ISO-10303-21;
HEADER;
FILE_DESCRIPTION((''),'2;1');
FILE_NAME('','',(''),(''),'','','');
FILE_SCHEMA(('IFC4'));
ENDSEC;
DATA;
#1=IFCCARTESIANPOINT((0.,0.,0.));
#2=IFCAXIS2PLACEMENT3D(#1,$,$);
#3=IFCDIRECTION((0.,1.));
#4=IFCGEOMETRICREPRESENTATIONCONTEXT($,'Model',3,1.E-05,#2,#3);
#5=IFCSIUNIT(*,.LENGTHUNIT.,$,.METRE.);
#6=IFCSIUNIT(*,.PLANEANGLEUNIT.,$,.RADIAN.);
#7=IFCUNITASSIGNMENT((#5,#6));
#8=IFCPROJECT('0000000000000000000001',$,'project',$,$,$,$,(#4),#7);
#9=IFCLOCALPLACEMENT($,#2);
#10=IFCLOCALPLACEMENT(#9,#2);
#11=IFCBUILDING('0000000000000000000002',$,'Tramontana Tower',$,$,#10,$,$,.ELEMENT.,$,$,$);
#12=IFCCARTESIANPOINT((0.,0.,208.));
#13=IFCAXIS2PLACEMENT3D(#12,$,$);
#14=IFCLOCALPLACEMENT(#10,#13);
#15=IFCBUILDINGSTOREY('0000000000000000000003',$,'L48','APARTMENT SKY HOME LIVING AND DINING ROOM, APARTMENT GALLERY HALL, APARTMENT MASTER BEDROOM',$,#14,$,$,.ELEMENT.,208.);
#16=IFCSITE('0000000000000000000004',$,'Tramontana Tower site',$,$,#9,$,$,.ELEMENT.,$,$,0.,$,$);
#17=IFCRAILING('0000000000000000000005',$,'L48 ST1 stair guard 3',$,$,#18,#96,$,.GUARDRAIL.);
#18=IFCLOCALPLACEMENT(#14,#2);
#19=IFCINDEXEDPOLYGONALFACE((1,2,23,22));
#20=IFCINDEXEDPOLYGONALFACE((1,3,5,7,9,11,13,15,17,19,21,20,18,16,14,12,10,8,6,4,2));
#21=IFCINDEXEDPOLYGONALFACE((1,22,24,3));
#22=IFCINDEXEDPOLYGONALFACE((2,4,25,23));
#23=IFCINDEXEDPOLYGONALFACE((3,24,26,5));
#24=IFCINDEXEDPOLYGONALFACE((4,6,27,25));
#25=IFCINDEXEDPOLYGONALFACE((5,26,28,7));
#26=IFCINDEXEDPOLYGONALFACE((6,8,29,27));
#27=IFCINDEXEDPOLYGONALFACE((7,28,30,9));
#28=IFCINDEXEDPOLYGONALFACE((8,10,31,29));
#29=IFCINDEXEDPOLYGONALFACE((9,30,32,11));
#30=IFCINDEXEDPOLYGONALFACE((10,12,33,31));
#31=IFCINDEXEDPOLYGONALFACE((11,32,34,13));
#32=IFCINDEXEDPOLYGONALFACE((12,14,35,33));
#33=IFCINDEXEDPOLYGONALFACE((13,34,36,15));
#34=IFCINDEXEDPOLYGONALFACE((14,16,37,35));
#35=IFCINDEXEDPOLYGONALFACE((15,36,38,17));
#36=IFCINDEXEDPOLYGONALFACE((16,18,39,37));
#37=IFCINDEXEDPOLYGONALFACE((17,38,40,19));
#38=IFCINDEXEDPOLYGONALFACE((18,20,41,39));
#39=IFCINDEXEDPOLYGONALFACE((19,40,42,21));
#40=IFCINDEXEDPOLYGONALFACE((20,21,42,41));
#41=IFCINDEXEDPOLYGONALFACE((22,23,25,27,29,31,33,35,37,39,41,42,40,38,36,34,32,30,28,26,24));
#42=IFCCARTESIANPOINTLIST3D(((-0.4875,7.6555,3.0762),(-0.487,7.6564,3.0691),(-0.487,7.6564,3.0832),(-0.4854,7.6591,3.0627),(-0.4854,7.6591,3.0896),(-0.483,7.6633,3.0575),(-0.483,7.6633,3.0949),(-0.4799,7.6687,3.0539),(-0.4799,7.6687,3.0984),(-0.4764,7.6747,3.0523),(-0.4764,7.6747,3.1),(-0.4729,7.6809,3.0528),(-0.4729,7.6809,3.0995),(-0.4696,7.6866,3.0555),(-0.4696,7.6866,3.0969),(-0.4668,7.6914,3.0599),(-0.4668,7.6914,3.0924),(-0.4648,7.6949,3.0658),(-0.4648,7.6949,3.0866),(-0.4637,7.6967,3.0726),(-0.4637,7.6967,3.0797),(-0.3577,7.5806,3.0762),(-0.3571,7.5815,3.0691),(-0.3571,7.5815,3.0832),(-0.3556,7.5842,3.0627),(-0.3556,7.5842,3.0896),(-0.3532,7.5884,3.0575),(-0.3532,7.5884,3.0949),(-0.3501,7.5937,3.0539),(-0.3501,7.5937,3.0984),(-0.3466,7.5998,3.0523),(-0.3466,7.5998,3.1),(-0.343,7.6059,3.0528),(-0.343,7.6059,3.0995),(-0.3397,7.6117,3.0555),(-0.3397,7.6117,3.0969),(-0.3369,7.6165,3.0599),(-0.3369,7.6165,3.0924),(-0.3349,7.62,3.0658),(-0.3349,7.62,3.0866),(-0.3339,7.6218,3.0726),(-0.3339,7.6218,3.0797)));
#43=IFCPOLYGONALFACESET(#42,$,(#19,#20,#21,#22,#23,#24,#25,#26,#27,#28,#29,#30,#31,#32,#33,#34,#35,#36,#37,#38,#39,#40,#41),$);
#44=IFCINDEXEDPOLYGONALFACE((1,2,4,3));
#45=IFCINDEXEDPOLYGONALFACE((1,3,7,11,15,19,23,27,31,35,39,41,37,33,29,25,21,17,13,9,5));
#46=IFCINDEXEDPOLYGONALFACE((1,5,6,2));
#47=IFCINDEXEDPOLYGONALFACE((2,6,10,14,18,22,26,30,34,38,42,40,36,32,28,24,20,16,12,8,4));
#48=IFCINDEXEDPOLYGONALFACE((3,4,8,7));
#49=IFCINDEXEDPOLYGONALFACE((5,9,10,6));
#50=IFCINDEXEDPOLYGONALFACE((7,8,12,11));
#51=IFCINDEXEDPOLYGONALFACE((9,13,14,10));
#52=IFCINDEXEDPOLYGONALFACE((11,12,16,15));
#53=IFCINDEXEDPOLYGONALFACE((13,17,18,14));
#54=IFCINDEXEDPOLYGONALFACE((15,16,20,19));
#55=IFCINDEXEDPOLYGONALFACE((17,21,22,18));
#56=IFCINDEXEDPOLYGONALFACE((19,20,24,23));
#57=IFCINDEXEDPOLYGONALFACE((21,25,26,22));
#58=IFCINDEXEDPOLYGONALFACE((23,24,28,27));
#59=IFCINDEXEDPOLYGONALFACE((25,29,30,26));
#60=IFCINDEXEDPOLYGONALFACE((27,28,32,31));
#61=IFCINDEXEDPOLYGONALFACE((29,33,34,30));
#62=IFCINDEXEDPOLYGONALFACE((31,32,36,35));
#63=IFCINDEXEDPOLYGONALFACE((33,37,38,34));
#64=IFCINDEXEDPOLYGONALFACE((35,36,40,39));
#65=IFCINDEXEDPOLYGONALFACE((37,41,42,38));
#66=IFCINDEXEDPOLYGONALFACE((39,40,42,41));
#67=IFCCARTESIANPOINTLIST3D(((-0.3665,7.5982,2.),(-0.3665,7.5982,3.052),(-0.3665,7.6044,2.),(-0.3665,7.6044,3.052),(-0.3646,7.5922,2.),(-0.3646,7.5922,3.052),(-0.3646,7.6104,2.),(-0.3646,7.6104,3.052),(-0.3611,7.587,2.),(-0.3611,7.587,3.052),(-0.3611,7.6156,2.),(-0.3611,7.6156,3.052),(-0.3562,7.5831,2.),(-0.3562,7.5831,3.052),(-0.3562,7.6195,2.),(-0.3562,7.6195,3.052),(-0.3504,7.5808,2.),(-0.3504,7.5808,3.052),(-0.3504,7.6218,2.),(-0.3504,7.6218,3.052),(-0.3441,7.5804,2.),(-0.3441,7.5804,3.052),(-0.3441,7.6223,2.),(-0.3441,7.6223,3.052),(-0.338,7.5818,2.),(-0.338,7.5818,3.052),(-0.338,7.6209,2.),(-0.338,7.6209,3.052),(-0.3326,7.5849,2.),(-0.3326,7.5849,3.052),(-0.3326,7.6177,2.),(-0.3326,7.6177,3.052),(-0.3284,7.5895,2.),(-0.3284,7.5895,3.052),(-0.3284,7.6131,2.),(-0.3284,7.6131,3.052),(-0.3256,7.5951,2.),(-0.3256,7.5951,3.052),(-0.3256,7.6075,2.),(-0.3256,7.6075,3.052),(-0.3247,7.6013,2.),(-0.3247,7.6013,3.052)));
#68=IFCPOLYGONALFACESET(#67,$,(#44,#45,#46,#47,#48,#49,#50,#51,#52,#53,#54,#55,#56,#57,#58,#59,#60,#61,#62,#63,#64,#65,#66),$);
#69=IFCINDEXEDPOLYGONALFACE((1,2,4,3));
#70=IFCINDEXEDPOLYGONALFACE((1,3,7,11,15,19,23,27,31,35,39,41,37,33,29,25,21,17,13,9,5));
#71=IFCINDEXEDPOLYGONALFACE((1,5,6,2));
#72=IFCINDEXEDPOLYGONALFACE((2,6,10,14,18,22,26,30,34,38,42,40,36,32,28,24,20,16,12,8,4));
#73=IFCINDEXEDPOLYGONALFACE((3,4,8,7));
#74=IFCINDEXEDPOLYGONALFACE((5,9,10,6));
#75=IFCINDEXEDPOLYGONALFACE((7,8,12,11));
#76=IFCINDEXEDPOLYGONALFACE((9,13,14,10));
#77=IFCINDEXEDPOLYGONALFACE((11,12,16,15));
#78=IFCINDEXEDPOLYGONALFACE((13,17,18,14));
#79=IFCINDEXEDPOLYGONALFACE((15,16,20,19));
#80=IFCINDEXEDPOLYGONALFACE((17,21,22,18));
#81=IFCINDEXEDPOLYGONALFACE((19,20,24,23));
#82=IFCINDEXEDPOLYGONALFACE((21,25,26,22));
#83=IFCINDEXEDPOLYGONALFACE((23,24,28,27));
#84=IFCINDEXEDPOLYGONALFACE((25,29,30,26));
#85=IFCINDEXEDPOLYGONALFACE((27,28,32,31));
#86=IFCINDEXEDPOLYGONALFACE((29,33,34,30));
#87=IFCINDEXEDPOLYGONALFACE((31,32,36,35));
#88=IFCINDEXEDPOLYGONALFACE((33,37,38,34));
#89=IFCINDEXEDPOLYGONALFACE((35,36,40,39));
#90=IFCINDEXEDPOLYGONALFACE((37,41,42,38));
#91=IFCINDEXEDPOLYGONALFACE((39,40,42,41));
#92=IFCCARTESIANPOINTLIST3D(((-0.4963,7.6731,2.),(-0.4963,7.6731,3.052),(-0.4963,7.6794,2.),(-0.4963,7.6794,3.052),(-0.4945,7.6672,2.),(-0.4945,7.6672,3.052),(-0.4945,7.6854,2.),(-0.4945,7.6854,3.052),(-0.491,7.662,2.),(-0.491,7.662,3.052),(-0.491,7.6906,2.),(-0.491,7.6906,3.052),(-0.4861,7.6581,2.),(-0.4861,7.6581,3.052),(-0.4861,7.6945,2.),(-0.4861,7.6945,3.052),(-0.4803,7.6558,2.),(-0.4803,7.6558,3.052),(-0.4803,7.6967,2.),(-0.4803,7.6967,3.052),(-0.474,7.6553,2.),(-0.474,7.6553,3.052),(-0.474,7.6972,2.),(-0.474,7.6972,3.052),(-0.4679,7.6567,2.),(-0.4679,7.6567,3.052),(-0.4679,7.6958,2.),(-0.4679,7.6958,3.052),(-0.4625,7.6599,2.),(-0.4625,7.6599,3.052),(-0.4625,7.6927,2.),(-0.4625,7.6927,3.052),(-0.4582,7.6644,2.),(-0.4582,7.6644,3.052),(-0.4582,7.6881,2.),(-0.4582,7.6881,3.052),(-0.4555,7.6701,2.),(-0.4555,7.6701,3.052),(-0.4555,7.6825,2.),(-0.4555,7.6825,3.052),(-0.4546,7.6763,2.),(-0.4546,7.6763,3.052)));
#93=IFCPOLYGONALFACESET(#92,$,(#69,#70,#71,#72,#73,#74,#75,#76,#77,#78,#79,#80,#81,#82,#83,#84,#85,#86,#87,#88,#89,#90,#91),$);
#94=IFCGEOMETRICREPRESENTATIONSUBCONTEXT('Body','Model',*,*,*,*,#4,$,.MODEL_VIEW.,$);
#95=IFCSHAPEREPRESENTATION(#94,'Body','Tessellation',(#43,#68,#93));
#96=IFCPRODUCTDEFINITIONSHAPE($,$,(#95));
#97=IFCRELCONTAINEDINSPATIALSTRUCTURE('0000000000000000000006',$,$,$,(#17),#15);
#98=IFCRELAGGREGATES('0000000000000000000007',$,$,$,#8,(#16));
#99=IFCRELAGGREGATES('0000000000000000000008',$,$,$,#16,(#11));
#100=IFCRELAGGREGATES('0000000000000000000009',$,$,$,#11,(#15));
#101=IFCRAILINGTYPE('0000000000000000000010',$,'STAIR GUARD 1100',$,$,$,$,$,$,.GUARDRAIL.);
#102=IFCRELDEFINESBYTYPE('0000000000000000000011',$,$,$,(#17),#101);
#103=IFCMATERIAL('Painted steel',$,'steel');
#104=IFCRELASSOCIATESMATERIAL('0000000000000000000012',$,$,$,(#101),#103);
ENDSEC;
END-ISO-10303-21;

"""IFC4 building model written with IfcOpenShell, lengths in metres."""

from ifc_helpers import new_model, si_unit, direction, frame, origin, origin_2d, place, context, subcontext, project, spatial, circle, extrude, material, type_object, element, save


model = new_model("IFC4")

# Units and contexts
model_context = context("Model", 3, precision=1e-05, world=origin(), true_north=direction((0.0, 1.0)))
body_context = subcontext(model_context, "Body", "Model", "MODEL_VIEW")
ifc_project = project(units=[si_unit("LENGTHUNIT", "METRE"), si_unit("PLANEANGLEUNIT", "RADIAN")], contexts=[model_context])

# Site, building, storey
site_placement = place(None, origin())
site = spatial("IfcSite", under=ifc_project, at=site_placement, Name="Tramontana Tower site", CompositionType="ELEMENT", RefElevation=0.0)
building_placement = place(site_placement, origin())
building = spatial("IfcBuilding", under=site, at=building_placement, Name="Tramontana Tower", CompositionType="ELEMENT")
storey_placement = place(building_placement, frame((0.0, 0.0, 208.0)))
storey = spatial("IfcBuildingStorey", under=building, at=storey_placement, Name="L48", Description="APARTMENT SKY HOME LIVING AND DINING ROOM, APARTMENT GALLERY HALL, APARTMENT MASTER BEDROOM", CompositionType="ELEMENT", Elevation=208.0)

# Railing
ifc_material_1 = material(Name="Painted steel", Category="steel")
railing_type_1 = type_object("IfcRailingType", Name="STAIR GUARD 1100", PredefinedType="GUARDRAIL", material=ifc_material_1)
railing_1_placement = place(storey_placement, frame((-0.3457, 7.6013, 2.0)))
element("IfcRailing", 1, at=railing_1_placement, inside=storey, type_object=railing_type_1, Name="L48 ST1 stair guard 3", PredefinedType="GUARDRAIL", context=body_context, shape_type="SweptSolid", body=[
    extrude(circle(Radius=0.0239, at=origin_2d()), frame((0.0, 0.0, 1.0762), z_axis=(-0.866131, 0.499816, 0.0), x_axis=(-0.499816, -0.866131, 0.0)), (0.0, 0.0, 1.0), 0.1499),
    extrude(circle(Radius=0.021, at=origin_2d()), origin(), (0.0, 0.0, 1.0), 1.052),
    extrude(circle(Radius=0.021, at=origin_2d()), frame((-0.1299, 0.075, 0.0)), (0.0, 0.0, 1.0), 1.052),
])

save(model, "model.ifc")
